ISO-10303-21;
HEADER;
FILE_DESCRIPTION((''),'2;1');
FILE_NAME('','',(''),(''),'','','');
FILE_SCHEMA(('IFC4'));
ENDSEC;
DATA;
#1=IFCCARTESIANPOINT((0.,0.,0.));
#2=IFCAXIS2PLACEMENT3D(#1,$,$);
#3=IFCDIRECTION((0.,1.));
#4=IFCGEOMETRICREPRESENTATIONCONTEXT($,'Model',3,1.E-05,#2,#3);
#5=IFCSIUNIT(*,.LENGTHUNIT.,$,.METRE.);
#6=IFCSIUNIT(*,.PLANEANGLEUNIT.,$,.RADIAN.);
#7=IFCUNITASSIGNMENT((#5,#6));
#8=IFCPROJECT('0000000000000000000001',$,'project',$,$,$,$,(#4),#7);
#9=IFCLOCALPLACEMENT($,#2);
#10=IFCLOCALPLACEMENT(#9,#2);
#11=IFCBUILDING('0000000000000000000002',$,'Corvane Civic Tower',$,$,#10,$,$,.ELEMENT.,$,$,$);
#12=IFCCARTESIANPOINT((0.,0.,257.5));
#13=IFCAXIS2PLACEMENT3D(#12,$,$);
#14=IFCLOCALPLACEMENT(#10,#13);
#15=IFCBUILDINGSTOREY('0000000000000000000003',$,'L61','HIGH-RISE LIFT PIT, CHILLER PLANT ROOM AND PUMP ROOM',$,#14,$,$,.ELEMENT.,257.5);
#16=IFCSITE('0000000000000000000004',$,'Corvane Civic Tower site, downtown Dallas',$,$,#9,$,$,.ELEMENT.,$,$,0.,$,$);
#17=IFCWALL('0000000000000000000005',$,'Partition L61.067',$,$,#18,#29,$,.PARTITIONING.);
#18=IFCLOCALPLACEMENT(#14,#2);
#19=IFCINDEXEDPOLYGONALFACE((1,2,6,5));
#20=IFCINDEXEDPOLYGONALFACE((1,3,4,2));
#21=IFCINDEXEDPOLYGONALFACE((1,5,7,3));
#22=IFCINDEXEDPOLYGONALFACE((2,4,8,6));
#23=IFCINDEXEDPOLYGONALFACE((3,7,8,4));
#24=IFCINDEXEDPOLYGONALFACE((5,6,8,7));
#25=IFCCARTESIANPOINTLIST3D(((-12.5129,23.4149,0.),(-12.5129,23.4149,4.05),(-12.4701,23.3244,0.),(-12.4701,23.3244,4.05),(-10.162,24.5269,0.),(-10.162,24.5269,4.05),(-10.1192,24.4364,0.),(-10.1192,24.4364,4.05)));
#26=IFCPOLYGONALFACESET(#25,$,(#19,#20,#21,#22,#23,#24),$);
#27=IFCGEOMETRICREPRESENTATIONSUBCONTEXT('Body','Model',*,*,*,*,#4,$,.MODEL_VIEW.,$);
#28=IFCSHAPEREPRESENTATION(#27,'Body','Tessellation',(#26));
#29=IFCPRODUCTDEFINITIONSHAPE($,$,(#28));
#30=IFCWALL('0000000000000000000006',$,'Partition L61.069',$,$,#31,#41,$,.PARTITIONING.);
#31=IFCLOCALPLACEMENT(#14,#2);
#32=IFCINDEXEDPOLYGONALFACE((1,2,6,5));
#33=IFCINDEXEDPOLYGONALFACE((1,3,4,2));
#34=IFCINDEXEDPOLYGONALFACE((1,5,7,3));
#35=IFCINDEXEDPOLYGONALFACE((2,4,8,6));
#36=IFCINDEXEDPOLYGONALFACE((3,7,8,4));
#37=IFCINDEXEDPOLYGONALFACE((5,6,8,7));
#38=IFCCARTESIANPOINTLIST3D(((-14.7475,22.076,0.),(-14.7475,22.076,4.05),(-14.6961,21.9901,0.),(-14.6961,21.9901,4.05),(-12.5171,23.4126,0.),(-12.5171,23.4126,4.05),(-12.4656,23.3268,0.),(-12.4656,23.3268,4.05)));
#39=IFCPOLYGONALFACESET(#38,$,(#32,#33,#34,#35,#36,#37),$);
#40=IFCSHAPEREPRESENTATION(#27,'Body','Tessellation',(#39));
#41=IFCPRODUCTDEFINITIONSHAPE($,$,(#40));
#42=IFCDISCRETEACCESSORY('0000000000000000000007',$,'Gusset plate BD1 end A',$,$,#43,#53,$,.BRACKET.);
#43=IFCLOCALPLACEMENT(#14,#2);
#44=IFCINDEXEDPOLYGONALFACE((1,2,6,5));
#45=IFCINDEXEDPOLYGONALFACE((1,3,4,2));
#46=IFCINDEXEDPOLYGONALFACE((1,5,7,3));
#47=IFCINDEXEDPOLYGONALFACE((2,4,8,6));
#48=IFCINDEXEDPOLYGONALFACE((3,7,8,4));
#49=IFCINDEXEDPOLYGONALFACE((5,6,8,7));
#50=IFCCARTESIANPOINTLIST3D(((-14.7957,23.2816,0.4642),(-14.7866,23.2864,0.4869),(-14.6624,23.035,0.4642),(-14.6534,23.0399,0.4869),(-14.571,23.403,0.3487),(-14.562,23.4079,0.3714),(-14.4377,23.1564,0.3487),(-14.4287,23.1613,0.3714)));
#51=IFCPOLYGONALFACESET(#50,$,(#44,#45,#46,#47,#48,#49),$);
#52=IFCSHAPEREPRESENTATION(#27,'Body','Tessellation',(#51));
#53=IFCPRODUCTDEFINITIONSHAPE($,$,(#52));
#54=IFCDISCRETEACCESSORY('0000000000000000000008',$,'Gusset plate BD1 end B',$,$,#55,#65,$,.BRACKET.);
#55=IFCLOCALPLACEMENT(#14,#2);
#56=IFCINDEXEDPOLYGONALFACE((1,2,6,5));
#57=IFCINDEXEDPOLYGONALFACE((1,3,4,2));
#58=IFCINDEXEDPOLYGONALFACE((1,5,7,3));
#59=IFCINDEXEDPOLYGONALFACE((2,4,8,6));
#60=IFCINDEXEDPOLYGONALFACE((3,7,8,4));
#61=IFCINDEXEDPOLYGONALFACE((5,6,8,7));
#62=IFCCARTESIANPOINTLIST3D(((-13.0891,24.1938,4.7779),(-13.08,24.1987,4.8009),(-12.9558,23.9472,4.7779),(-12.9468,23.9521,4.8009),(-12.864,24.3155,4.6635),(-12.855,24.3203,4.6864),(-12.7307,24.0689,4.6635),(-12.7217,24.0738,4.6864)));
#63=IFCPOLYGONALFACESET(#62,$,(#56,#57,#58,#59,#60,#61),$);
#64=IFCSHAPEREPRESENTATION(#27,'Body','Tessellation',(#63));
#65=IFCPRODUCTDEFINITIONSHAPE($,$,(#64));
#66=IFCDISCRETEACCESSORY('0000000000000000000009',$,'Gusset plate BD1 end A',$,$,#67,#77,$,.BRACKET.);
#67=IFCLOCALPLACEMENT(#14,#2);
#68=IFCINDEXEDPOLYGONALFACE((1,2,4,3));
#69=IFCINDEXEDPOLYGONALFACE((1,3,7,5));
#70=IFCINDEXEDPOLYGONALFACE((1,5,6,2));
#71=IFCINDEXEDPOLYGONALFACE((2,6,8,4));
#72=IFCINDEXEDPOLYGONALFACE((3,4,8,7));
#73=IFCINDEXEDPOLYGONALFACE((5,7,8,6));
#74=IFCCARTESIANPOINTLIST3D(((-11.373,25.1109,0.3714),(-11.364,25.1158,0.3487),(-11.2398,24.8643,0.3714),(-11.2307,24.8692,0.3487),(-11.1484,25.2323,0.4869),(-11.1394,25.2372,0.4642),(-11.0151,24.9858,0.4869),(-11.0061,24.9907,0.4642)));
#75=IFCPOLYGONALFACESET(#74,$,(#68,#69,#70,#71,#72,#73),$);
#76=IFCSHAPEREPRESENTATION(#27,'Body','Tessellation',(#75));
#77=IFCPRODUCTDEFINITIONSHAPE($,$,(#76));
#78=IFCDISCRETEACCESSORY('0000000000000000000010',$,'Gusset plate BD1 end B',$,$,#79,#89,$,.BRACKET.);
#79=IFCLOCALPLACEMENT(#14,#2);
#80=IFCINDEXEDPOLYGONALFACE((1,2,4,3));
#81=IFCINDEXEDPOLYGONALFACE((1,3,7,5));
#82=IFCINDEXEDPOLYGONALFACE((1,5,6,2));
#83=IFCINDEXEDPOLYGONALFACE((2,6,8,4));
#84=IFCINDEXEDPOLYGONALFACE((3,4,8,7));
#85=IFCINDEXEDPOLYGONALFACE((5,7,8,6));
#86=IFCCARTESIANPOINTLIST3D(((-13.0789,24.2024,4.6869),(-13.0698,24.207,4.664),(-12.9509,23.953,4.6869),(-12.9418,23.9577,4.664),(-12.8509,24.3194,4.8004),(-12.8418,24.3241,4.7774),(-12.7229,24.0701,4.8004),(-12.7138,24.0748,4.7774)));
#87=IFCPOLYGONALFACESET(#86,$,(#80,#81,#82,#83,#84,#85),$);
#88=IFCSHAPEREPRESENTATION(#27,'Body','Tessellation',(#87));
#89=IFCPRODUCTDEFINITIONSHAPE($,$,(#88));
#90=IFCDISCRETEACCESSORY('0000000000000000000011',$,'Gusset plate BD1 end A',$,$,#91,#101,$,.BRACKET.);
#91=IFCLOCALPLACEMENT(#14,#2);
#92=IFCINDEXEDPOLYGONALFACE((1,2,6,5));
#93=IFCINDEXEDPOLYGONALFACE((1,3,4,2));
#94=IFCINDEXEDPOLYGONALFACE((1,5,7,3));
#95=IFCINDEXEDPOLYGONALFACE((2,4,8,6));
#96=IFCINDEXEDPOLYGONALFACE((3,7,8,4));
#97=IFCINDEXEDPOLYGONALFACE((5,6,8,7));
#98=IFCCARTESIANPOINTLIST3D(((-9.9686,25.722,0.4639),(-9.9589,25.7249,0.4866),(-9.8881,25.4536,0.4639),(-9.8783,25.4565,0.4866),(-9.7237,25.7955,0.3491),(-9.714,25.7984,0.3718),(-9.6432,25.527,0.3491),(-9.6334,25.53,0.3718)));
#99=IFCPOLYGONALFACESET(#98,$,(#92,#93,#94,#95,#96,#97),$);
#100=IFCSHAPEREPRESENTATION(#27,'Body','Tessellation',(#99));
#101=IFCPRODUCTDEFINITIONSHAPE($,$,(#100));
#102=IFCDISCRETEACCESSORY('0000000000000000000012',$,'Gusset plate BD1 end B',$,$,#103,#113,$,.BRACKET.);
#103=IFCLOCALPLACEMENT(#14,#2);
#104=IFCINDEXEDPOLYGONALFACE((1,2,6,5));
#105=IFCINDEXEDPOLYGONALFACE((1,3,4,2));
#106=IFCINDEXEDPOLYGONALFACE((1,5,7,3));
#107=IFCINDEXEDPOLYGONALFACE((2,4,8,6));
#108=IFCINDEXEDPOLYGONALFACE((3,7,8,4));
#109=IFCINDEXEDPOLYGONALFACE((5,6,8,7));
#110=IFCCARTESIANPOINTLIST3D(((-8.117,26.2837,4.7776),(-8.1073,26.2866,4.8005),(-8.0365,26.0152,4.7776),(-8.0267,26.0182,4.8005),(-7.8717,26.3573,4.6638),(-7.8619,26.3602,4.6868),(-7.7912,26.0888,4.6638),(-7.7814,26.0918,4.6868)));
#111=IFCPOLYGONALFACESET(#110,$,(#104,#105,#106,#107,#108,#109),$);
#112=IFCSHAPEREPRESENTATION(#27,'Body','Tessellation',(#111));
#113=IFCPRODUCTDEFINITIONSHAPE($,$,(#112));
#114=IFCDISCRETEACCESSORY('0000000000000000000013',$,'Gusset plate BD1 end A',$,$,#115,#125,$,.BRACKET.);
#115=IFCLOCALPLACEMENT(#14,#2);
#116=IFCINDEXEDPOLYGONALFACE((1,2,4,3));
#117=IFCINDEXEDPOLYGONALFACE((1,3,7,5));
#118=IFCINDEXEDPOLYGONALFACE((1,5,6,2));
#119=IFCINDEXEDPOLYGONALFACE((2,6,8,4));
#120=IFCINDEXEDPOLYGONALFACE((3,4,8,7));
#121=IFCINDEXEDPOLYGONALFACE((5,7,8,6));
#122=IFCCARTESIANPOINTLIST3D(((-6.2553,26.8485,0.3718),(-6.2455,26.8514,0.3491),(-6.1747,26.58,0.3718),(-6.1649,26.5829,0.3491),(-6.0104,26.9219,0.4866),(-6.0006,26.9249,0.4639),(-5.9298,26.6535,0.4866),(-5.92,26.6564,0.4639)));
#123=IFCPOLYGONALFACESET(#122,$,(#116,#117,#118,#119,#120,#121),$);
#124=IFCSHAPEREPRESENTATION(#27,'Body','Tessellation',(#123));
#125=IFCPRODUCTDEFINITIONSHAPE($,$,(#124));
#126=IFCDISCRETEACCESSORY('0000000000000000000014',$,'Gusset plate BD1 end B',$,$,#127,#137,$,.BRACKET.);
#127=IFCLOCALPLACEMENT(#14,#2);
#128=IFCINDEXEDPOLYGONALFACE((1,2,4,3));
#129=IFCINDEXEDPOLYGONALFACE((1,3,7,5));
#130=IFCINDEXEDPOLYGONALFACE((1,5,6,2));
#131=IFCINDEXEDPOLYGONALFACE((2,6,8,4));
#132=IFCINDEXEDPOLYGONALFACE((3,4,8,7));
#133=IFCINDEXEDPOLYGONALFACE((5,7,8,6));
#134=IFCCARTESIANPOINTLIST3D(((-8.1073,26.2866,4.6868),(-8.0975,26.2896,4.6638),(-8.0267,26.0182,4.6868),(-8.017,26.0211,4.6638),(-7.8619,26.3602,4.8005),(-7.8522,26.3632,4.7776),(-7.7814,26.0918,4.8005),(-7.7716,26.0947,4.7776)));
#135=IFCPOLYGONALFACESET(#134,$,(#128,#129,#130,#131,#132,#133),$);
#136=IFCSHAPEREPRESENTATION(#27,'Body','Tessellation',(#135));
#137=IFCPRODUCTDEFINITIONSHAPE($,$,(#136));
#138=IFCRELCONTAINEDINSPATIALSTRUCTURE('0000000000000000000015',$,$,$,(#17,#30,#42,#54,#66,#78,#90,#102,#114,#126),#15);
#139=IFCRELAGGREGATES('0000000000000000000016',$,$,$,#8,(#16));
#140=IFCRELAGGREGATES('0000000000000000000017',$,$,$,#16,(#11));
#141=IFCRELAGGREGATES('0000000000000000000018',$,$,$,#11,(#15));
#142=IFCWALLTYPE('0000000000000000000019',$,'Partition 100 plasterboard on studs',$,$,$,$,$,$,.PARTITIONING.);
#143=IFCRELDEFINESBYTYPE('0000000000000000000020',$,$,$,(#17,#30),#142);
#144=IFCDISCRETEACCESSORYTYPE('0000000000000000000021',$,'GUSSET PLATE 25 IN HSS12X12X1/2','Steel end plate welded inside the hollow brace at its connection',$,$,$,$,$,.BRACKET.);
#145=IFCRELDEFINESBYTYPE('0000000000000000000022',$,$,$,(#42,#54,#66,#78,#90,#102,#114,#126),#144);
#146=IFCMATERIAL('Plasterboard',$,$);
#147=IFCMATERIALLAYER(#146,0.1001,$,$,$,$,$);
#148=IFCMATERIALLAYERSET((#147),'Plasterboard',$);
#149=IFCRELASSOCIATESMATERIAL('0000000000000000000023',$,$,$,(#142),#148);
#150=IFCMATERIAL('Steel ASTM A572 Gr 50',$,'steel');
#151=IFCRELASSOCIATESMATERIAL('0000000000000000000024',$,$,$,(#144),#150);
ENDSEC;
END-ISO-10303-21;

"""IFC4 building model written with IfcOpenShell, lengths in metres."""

from ifc_helpers import new_model, si_unit, direction, frame, frame_2d, origin, origin_2d, place, context, subcontext, project, spatial, rectangle, extrude, material, layer, layer_set, material_profile, profile_set, type_object, element, save


model = new_model("IFC4")

# Units and contexts
model_context = context("Model", 3, precision=1e-05, world=origin(), true_north=direction((0.0, 1.0)))
body_context = subcontext(model_context, "Body", "Model", "MODEL_VIEW")
ifc_project = project(units=[si_unit("LENGTHUNIT", "METRE"), si_unit("PLANEANGLEUNIT", "RADIAN")], contexts=[model_context])

# Site, building, storey
site_placement = place(None, origin())
site = spatial("IfcSite", under=ifc_project, at=site_placement, Name="Corvane Civic Tower site, downtown Dallas", CompositionType="ELEMENT", RefElevation=0.0)
building_placement = place(site_placement, origin())
building = spatial("IfcBuilding", under=site, at=building_placement, Name="Corvane Civic Tower", CompositionType="ELEMENT")
storey_placement = place(building_placement, frame((0.0, 0.0, 257.5)))
storey = spatial("IfcBuildingStorey", under=building, at=storey_placement, Name="L61", Description="HIGH-RISE LIFT PIT, CHILLER PLANT ROOM AND PUMP ROOM", CompositionType="ELEMENT", Elevation=257.5)

# Walls
ifc_material_1 = material(Name="Plasterboard")
ifc_layer = layer(ifc_material_1, 0.1001)
ifc_layer_set = layer_set([ifc_layer], Name="Plasterboard")
wall_type = type_object("IfcWallType", Name="Partition 100 plasterboard on studs", PredefinedType="PARTITIONING", material=ifc_layer_set)
for number, where, z_axis, x_axis, name in (
    (1, (-12.4915, 23.3696, 0.0), (0.0, 0.0, 1.0), (0.903959, 0.427618, 0.0), "Partition L61.067"),
):
    element("IfcWall", number, at=place(storey_placement, frame(where, z_axis=z_axis, x_axis=x_axis)), inside=storey, type_object=wall_type, Name=name, PredefinedType="PARTITIONING", context=body_context, shape_type="SweptSolid", body=[
        extrude(rectangle(XDim=2.6006, YDim=0.1001, at=frame_2d((1.3003, 0.0))), origin(), (0.0, 0.0, 1.0), 4.05),
    ])
wall_placement = place(storey_placement, frame((-14.7219, 22.033, 0.0), z_axis=(0.0, 0.0, 1.0), x_axis=(0.857766, 0.51404, 0.0)))
element("IfcWall", 2, at=wall_placement, inside=storey, type_object=wall_type, Name="Partition L61.069", PredefinedType="PARTITIONING", context=body_context, shape_type="SweptSolid", body=[
    extrude(rectangle(XDim=2.6003, YDim=0.1001, at=frame_2d((1.3003, 0.0))), origin(), (0.0, 0.0, 1.0), 4.05),
])

# Discrete accessories
ifc_material_2 = material(Name="Steel ASTM A572 Gr 50", Category="steel")
ifc_material_profile_1 = material_profile(ifc_material_2, rectangle(XDim=0.2803, YDim=0.2803, at=origin_2d()), Name="GUSSET PLATE 25 IN HSS12X12X1/2")
ifc_profile_set_1 = profile_set([ifc_material_profile_1], Name="Steel ASTM A572 Gr 50")
discrete_accessory_type = type_object("IfcDiscreteAccessoryType", Name="GUSSET PLATE 25 IN HSS12X12X1/2", Description="Steel end plate welded inside the hollow brace at its connection", PredefinedType="BRACKET", material=ifc_profile_set_1)
discrete_accessory_1_placement = place(storey_placement, frame((-14.6167, 23.219, 0.4065), z_axis=(0.362501, 0.195947, 0.911152), x_axis=(-0.475517, 0.879707, 0.0)))
element("IfcDiscreteAccessory", 3, at=discrete_accessory_1_placement, inside=storey, type_object=discrete_accessory_type, Name="Gusset plate BD1 end A", PredefinedType="BRACKET", context=body_context, shape_type="SweptSolid", body=[
    extrude(rectangle(XDim=0.2803, YDim=0.2803, at=origin_2d()), origin(), (0.0, 0.0, 1.0), 0.0249),
])
discrete_accessory_2_placement = place(storey_placement, frame((-12.9009, 24.1362, 4.7437), z_axis=(-0.359291, -0.194211, -0.912793), x_axis=(0.475517, -0.879707, 0.0)))
element("IfcDiscreteAccessory", 4, at=discrete_accessory_2_placement, inside=storey, type_object=discrete_accessory_type, Name="Gusset plate BD1 end B", PredefinedType="BRACKET", context=body_context, shape_type="SweptSolid", body=[
    extrude(rectangle(XDim=0.2803, YDim=0.2803, at=origin_2d()), origin(), (0.0, 0.0, 1.0), 0.0251),
])
discrete_accessory_3_placement = place(storey_placement, frame((-11.1851, 25.0532, 0.4065), z_axis=(-0.362501, -0.195947, 0.911152), x_axis=(0.475517, -0.879707, 0.0)))
element("IfcDiscreteAccessory", 5, at=discrete_accessory_3_placement, inside=storey, type_object=discrete_accessory_type, Name="Gusset plate BD1 end A", PredefinedType="BRACKET", context=body_context, shape_type="SweptSolid", body=[
    extrude(rectangle(XDim=0.2803, YDim=0.2803, at=origin_2d()), origin(), (0.0, 0.0, 1.0), 0.0249),
])
discrete_accessory_4_placement = place(storey_placement, frame((-12.9009, 24.1362, 4.7437), z_axis=(0.359954, 0.184841, -0.914477), x_axis=(-0.456805, 0.889567, 0.0)))
element("IfcDiscreteAccessory", 6, at=discrete_accessory_4_placement, inside=storey, type_object=discrete_accessory_type, Name="Gusset plate BD1 end B", PredefinedType="BRACKET", context=body_context, shape_type="SweptSolid", body=[
    extrude(rectangle(XDim=0.2803, YDim=0.2803, at=origin_2d()), origin(), (0.0, 0.0, 1.0), 0.0251),
])
discrete_accessory_5_placement = place(storey_placement, frame((-9.8059, 25.6245, 0.4065), z_axis=(0.392364, 0.117709, 0.912247), x_axis=(-0.287348, 0.957826, 0.0)))
element("IfcDiscreteAccessory", 7, at=discrete_accessory_5_placement, inside=storey, type_object=discrete_accessory_type, Name="Gusset plate BD1 end A", PredefinedType="BRACKET", context=body_context, shape_type="SweptSolid", body=[
    extrude(rectangle(XDim=0.2803, YDim=0.2803, at=origin_2d()), origin(), (0.0, 0.0, 1.0), 0.0249),
])
discrete_accessory_6_placement = place(storey_placement, frame((-7.9443, 26.1892, 4.7437), z_axis=(-0.388881, -0.116664, -0.913871), x_axis=(0.287348, -0.957826, 0.0)))
element("IfcDiscreteAccessory", 8, at=discrete_accessory_6_placement, inside=storey, type_object=discrete_accessory_type, Name="Gusset plate BD1 end B", PredefinedType="BRACKET", context=body_context, shape_type="SweptSolid", body=[
    extrude(rectangle(XDim=0.2803, YDim=0.2803, at=origin_2d()), origin(), (0.0, 0.0, 1.0), 0.0251),
])
discrete_accessory_7_placement = place(storey_placement, frame((-6.0828, 26.7539, 0.4065), z_axis=(-0.392364, -0.117709, 0.912247), x_axis=(0.287348, -0.957826, 0.0)))
element("IfcDiscreteAccessory", 9, at=discrete_accessory_7_placement, inside=storey, type_object=discrete_accessory_type, Name="Gusset plate BD1 end A", PredefinedType="BRACKET", context=body_context, shape_type="SweptSolid", body=[
    extrude(rectangle(XDim=0.2803, YDim=0.2803, at=origin_2d()), origin(), (0.0, 0.0, 1.0), 0.0249),
])
discrete_accessory_8_placement = place(storey_placement, frame((-7.9443, 26.1892, 4.7437), z_axis=(0.388881, 0.116664, -0.913871), x_axis=(-0.287348, 0.957826, 0.0)))
element("IfcDiscreteAccessory", 10, at=discrete_accessory_8_placement, inside=storey, type_object=discrete_accessory_type, Name="Gusset plate BD1 end B", PredefinedType="BRACKET", context=body_context, shape_type="SweptSolid", body=[
    extrude(rectangle(XDim=0.2803, YDim=0.2803, at=origin_2d()), origin(), (0.0, 0.0, 1.0), 0.0251),
])

save(model, "model.ifc")
